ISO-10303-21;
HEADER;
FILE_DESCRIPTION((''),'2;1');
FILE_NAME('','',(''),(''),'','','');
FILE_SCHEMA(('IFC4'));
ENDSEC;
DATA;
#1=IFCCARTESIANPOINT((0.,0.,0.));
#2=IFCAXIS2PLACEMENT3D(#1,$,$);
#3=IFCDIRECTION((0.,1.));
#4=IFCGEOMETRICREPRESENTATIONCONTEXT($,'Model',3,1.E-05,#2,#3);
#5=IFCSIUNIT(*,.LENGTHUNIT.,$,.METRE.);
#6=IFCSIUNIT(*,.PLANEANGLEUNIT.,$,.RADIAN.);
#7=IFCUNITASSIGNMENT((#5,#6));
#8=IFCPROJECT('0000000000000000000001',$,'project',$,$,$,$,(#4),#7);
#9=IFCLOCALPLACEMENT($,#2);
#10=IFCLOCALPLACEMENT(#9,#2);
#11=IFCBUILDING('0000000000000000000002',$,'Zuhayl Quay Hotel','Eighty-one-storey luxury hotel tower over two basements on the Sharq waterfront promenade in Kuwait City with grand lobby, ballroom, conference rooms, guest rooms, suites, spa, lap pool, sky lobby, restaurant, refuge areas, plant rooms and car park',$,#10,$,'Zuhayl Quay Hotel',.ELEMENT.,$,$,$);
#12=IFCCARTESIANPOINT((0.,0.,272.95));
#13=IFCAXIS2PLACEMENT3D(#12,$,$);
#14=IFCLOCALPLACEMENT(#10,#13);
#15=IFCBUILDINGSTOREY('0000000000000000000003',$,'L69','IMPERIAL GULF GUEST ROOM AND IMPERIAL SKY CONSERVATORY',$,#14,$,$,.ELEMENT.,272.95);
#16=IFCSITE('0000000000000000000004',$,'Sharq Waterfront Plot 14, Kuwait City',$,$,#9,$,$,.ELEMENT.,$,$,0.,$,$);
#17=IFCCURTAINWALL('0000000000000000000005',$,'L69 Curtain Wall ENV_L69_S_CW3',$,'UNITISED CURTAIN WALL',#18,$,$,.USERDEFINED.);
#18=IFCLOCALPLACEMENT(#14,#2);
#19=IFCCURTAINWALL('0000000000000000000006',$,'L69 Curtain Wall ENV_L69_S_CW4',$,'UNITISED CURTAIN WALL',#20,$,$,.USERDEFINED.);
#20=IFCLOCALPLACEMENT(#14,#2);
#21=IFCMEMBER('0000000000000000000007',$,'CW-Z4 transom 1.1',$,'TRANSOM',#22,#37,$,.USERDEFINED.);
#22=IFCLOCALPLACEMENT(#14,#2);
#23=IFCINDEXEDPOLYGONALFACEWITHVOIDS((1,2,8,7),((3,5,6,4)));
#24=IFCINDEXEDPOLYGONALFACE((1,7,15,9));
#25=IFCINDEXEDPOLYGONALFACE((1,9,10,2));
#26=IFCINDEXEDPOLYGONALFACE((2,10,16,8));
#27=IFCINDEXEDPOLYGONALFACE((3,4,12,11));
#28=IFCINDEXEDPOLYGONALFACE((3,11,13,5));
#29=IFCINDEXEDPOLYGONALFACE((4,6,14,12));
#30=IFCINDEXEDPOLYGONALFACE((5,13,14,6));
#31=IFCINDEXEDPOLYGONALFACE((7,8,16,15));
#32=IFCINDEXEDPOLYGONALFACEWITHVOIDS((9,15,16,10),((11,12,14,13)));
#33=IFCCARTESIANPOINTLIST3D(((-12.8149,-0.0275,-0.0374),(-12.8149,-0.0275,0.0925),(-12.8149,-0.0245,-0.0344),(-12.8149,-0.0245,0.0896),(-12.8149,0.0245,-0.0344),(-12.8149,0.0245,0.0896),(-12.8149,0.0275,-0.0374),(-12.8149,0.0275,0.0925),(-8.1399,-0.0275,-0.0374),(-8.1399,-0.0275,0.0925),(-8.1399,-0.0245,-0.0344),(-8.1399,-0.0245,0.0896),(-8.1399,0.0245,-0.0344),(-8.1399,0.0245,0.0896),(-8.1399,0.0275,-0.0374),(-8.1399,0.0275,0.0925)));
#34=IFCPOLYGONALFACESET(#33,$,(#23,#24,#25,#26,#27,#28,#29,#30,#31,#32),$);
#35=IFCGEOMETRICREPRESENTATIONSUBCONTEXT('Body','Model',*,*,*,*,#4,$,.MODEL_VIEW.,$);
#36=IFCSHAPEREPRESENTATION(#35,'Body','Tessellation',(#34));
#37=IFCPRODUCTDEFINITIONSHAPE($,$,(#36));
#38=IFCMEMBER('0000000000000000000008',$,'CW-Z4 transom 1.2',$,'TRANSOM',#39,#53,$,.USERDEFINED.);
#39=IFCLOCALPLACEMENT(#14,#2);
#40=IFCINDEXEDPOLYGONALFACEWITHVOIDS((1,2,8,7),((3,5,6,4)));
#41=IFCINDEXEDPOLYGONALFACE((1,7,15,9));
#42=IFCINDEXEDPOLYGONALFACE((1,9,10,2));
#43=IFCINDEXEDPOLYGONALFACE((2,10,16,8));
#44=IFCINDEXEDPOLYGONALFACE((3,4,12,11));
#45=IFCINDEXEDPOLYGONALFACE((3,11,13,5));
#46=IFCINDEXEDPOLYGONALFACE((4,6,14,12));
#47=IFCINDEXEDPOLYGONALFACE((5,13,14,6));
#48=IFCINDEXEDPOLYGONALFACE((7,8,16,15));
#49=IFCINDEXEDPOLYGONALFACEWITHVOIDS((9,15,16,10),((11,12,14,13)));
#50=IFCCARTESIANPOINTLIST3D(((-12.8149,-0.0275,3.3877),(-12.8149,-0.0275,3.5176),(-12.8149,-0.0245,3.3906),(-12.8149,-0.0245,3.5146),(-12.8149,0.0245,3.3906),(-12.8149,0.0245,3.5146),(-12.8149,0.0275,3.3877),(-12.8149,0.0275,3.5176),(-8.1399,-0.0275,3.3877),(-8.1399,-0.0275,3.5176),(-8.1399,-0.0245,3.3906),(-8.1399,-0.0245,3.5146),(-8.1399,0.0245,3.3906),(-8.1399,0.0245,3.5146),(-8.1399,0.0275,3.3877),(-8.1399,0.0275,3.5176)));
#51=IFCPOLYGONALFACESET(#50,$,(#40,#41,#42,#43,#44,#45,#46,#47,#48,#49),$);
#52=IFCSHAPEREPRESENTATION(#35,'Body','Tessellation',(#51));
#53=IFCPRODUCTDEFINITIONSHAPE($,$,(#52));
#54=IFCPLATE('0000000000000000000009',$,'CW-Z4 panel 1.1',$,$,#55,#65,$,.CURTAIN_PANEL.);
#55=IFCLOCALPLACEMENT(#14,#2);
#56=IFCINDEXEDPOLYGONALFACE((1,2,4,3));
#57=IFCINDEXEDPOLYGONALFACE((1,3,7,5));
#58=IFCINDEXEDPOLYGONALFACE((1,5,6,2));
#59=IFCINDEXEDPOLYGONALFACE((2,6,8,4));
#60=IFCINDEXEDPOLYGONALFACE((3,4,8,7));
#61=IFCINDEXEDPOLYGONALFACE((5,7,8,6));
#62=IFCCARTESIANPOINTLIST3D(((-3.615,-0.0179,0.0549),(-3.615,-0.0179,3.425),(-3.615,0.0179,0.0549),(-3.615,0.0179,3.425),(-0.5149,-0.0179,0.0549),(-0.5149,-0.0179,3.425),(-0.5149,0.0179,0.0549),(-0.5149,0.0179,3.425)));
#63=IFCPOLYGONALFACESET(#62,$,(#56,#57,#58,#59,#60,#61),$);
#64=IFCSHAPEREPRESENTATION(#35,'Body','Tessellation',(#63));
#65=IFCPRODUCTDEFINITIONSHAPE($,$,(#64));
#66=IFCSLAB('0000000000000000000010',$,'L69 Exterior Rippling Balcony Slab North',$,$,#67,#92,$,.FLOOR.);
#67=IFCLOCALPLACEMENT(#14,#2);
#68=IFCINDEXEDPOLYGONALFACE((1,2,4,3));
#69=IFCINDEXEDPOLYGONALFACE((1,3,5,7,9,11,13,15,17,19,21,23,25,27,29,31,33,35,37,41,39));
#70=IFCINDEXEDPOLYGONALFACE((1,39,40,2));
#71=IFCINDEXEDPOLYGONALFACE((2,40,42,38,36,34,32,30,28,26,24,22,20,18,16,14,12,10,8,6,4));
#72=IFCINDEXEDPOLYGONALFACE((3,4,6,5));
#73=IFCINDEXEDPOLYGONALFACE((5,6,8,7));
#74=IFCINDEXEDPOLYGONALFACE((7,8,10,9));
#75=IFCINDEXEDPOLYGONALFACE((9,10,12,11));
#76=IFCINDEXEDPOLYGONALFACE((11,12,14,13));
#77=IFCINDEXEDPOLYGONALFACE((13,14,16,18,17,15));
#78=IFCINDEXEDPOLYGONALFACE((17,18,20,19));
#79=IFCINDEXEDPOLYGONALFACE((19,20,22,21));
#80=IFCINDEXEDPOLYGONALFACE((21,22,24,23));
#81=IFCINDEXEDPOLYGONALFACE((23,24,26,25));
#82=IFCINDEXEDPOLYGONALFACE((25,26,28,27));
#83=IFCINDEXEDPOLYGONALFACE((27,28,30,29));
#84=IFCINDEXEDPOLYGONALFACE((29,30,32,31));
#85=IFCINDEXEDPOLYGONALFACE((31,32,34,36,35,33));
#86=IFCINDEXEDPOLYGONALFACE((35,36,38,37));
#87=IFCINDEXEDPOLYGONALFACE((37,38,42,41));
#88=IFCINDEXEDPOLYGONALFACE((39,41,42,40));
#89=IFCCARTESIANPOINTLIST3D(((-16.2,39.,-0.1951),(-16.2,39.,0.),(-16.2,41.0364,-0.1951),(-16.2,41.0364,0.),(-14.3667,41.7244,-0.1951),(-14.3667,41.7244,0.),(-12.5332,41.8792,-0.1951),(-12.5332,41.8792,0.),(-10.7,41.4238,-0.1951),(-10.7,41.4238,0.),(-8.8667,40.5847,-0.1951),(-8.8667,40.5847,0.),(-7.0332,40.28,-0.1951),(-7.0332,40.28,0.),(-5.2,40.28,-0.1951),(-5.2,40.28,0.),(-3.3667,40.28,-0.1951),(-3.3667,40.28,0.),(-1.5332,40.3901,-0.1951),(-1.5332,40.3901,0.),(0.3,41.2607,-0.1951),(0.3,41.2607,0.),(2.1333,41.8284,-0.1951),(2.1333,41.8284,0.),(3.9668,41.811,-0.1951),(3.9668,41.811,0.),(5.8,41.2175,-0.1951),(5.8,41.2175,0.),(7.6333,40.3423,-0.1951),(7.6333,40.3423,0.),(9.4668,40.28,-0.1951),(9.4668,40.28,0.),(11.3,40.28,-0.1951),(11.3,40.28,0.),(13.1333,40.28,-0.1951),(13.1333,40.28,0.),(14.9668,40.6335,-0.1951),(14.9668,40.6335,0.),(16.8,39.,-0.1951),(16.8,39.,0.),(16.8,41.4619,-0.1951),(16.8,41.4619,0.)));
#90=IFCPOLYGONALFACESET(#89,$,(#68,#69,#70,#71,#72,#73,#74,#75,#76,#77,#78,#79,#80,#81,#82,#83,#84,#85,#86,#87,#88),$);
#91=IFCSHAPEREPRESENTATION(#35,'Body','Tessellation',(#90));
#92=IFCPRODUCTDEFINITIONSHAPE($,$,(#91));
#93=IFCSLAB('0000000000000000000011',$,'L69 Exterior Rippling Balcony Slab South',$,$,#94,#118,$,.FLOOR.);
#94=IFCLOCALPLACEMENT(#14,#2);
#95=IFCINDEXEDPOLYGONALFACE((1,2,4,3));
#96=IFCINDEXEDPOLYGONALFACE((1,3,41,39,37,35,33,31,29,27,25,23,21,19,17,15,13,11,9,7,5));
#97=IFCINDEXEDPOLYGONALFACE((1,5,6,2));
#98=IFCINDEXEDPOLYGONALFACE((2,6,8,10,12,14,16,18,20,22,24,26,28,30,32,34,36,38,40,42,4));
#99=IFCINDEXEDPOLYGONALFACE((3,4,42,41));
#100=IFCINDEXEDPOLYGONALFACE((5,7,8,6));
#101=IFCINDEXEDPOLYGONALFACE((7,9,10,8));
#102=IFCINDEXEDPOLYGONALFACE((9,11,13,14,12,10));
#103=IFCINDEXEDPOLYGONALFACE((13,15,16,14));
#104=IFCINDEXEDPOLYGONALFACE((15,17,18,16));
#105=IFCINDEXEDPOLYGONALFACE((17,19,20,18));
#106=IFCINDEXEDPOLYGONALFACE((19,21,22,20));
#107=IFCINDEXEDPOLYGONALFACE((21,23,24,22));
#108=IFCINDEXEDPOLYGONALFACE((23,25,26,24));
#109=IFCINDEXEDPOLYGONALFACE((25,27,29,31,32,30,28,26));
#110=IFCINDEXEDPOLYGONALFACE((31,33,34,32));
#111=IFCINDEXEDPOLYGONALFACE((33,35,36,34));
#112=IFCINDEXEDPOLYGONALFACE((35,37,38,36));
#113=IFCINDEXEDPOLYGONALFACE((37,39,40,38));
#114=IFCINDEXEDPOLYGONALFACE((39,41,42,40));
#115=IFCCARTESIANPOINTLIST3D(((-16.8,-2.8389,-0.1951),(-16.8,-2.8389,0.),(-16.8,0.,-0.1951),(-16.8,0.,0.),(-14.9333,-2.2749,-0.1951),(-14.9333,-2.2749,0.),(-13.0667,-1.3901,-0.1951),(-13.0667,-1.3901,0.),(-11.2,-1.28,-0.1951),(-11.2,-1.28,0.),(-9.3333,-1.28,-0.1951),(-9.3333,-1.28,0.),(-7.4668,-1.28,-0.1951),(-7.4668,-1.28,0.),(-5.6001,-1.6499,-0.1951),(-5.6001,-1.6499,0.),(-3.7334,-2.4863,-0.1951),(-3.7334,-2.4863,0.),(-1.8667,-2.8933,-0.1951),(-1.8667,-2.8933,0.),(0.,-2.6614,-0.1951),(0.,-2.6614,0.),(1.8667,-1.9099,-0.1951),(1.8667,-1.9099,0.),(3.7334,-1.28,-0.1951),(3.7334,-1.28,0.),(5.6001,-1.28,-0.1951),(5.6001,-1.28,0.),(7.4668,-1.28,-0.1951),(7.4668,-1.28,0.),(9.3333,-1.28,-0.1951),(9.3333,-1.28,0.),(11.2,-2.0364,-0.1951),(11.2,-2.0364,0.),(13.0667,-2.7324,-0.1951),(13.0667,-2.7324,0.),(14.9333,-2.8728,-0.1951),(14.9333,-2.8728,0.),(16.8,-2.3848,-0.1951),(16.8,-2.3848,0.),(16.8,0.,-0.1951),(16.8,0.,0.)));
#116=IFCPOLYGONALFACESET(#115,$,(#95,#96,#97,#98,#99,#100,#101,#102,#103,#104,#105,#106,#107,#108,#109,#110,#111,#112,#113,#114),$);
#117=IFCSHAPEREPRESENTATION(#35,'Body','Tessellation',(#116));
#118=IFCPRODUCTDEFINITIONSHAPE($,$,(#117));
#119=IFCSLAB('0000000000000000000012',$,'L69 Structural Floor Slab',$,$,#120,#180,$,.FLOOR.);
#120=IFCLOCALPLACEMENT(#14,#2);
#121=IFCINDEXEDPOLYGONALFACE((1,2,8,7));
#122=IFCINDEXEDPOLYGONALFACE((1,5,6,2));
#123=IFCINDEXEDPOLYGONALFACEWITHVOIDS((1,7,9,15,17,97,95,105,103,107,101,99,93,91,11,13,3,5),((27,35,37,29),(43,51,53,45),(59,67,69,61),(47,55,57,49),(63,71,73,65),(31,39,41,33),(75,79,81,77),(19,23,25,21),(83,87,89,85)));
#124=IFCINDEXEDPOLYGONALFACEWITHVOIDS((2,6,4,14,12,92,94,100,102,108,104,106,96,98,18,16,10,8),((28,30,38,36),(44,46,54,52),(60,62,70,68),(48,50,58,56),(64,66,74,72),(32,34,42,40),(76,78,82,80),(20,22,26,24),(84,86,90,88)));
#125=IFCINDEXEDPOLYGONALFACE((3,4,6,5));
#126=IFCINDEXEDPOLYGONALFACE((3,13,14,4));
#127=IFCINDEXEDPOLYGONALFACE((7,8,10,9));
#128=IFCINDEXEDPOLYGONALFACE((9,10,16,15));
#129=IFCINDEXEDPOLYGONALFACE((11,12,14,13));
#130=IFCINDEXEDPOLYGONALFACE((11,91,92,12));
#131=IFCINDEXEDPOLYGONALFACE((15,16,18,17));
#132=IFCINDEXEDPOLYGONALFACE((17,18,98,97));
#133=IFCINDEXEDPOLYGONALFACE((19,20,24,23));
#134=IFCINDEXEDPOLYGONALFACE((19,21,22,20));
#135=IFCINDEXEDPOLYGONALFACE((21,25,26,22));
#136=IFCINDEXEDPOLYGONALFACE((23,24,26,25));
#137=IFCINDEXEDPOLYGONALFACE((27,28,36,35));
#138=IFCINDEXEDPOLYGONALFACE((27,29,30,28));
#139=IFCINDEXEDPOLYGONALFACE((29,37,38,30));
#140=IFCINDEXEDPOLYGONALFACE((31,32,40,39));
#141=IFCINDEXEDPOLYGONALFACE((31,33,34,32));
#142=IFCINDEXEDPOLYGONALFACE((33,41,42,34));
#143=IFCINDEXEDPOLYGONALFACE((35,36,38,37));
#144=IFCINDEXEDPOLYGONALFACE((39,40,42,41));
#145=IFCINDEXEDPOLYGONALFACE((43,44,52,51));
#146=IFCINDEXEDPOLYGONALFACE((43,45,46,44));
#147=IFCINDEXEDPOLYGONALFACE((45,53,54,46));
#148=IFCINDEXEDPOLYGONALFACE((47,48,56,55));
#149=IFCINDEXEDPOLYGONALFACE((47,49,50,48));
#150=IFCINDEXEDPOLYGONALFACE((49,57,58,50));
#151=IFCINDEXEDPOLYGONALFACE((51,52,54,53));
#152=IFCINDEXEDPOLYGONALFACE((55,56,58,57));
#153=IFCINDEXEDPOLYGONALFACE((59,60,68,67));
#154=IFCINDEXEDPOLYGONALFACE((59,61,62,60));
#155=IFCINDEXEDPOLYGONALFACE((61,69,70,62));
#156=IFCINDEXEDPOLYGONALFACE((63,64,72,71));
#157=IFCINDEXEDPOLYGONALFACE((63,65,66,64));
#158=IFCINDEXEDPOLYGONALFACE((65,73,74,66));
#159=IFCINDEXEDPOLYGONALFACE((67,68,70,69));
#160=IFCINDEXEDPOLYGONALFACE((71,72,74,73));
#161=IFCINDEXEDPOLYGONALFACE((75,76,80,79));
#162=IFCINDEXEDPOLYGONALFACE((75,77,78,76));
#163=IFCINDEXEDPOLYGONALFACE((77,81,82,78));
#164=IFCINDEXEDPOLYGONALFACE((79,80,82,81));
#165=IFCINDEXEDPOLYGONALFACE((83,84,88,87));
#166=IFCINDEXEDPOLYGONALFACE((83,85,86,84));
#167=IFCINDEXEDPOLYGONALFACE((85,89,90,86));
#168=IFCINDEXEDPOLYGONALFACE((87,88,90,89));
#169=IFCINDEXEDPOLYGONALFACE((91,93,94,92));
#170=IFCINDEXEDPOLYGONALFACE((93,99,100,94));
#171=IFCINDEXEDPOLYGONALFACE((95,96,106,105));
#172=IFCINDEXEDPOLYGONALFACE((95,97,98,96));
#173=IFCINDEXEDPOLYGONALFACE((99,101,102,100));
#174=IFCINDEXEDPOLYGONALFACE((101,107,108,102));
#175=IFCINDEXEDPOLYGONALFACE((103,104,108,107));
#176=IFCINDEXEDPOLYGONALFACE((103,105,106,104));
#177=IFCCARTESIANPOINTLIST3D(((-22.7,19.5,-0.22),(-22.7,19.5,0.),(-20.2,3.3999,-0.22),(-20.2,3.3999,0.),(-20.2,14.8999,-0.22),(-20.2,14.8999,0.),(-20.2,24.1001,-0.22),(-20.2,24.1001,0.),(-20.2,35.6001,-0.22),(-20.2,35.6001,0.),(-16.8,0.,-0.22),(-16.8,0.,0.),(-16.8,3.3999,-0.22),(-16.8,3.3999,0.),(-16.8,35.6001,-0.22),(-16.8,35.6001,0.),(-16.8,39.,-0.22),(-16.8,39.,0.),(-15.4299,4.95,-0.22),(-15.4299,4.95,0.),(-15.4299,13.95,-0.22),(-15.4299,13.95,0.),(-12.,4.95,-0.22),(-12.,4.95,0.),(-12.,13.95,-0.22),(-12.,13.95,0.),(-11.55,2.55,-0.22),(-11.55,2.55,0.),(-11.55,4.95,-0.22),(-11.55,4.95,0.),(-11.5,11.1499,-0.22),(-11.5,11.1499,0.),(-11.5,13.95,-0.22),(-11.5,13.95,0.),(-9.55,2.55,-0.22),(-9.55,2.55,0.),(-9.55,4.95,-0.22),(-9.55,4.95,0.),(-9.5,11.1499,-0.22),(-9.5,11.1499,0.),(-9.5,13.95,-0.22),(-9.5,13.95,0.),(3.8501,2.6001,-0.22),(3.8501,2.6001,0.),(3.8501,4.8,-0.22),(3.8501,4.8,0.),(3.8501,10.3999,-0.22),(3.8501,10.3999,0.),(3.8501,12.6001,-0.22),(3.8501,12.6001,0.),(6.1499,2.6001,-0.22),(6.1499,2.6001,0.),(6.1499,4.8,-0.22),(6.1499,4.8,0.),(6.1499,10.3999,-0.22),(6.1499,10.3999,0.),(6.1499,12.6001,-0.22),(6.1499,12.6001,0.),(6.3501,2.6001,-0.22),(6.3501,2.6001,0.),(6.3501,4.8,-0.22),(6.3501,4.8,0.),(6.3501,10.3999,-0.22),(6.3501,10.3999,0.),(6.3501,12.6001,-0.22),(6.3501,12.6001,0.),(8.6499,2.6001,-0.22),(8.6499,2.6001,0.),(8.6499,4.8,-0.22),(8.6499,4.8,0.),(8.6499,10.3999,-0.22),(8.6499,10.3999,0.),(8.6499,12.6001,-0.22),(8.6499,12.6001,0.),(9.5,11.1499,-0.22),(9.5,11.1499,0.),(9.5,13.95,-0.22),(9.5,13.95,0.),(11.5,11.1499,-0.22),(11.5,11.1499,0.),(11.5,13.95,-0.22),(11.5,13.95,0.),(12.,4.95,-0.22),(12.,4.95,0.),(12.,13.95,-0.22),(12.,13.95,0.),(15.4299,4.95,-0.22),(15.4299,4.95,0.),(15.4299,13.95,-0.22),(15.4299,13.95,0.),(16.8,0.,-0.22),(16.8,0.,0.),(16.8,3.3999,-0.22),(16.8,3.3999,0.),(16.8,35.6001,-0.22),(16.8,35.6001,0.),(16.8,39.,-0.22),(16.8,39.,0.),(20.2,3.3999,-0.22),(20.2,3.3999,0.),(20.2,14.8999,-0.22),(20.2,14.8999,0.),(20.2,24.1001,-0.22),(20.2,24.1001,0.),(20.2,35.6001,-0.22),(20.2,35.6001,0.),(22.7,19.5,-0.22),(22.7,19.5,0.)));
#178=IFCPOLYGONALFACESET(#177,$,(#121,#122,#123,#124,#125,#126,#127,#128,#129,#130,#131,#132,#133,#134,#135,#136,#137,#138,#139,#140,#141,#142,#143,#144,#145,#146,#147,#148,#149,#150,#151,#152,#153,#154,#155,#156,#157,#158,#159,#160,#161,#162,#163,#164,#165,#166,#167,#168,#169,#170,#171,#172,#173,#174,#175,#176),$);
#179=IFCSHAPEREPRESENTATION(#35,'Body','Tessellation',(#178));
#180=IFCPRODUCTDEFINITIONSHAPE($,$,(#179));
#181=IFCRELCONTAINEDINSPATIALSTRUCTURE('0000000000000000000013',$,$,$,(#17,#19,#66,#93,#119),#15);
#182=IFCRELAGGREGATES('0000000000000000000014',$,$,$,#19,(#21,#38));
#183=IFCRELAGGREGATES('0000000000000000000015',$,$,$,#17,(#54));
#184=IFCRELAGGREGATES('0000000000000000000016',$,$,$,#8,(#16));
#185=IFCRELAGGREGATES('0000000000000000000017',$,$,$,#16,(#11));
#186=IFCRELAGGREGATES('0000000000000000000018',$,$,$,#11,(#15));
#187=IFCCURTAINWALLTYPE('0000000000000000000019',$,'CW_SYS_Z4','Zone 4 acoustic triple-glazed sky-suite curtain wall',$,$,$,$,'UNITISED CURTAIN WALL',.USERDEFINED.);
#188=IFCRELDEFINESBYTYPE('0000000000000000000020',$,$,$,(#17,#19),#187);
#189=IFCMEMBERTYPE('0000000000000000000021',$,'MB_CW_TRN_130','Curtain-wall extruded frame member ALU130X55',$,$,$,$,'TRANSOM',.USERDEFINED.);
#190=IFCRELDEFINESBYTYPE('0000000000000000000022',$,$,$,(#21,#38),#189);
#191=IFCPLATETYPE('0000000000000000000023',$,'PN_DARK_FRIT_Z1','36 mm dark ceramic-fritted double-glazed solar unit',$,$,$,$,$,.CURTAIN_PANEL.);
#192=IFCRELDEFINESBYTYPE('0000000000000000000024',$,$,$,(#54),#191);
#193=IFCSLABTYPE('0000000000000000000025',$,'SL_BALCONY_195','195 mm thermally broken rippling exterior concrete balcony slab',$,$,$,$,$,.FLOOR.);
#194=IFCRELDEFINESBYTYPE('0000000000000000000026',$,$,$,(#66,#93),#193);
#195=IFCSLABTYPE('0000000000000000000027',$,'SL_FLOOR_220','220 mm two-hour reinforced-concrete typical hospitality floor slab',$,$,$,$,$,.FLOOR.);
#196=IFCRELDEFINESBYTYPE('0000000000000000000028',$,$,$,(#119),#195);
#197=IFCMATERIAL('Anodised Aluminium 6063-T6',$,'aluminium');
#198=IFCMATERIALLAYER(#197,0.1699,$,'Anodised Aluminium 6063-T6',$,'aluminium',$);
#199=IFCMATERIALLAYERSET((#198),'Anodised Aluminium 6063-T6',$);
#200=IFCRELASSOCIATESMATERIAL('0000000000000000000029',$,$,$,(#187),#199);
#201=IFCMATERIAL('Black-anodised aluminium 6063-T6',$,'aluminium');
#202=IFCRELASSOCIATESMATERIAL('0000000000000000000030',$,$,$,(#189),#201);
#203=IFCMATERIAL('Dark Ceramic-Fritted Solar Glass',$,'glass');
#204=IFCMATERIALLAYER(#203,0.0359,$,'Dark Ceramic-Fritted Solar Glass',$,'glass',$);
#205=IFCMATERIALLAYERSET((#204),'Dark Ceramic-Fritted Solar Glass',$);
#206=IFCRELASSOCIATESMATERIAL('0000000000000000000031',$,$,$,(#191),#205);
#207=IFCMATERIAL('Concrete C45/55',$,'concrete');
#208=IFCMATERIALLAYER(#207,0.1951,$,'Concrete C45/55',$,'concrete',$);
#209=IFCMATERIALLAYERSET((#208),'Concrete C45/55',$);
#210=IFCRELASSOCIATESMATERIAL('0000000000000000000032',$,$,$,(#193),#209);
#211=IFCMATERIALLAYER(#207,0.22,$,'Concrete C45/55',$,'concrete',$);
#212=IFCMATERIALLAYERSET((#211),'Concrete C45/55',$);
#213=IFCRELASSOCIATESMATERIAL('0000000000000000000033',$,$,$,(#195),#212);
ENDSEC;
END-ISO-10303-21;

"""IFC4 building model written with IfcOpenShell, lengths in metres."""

from ifc_helpers import new_model, si_unit, direction, frame, origin, origin_2d, place, context, subcontext, project, spatial, polyline, rectangle, hollow_rectangle, outline, extrude, material, layer, layer_set, material_profile, profile_set, type_object, element, aggregate, save


model = new_model("IFC4")

# Units and contexts
model_context = context("Model", 3, precision=1e-05, world=origin(), true_north=direction((0.0, 1.0)))
body_context = subcontext(model_context, "Body", "Model", "MODEL_VIEW")
ifc_project = project(units=[si_unit("LENGTHUNIT", "METRE"), si_unit("PLANEANGLEUNIT", "RADIAN")], contexts=[model_context])

# Site, building, storey
site_placement = place(None, origin())
site = spatial("IfcSite", under=ifc_project, at=site_placement, Name="Sharq Waterfront Plot 14, Kuwait City", CompositionType="ELEMENT", RefElevation=0.0)
building_placement = place(site_placement, origin())
building = spatial("IfcBuilding", under=site, at=building_placement, Name="Zuhayl Quay Hotel", Description="Eighty-one-storey luxury hotel tower over two basements on the Sharq waterfront promenade in Kuwait City with grand lobby, ballroom, conference rooms, guest rooms, suites, spa, lap pool, sky lobby, restaurant, refuge areas, plant rooms and car park", LongName="Zuhayl Quay Hotel", CompositionType="ELEMENT")
storey_placement = place(building_placement, frame((0.0, 0.0, 272.95)))
storey = spatial("IfcBuildingStorey", under=building, at=storey_placement, Name="L69", Description="IMPERIAL GULF GUEST ROOM AND IMPERIAL SKY CONSERVATORY", CompositionType="ELEMENT", Elevation=272.95)

# Curtain wall
ifc_material_1 = material(Name="Anodised Aluminium 6063-T6", Category="aluminium")
ifc_layer_1 = layer(ifc_material_1, 0.1699, Name="Anodised Aluminium 6063-T6", Category="aluminium")
ifc_layer_set_1 = layer_set([ifc_layer_1], Name="Anodised Aluminium 6063-T6")
curtain_wall_type = type_object("IfcCurtainWallType", Name="CW_SYS_Z4", Description="Zone 4 acoustic triple-glazed sky-suite curtain wall", ElementType="UNITISED CURTAIN WALL", PredefinedType="USERDEFINED", material=ifc_layer_set_1)
curtain_wall_1_placement = place(storey_placement, origin())
curtain_wall_1 = element("IfcCurtainWall", 1, at=curtain_wall_1_placement, inside=storey, type_object=curtain_wall_type, Name="L69 Curtain Wall ENV_L69_S_CW3", ObjectType="UNITISED CURTAIN WALL", PredefinedType="USERDEFINED")
ifc_material_2 = material(Name="Black-anodised aluminium 6063-T6", Category="aluminium")

# Curtain wall
curtain_wall_2_placement = place(storey_placement, origin())
curtain_wall_2 = element("IfcCurtainWall", 2, at=curtain_wall_2_placement, inside=storey, type_object=curtain_wall_type, Name="L69 Curtain Wall ENV_L69_S_CW4", ObjectType="UNITISED CURTAIN WALL", PredefinedType="USERDEFINED")

# Members
ifc_material_profile_1 = material_profile(ifc_material_2, hollow_rectangle(XDim=0.0549, YDim=0.1299, WallThickness=0.0029, at=origin_2d()), Name="ALU130X55")
ifc_profile_set_1 = profile_set([ifc_material_profile_1], Name="Black-anodised aluminium 6063-T6")
member_type_1 = type_object("IfcMemberType", Name="MB_CW_TRN_130", Description="Curtain-wall extruded frame member ALU130X55", ElementType="TRANSOM", PredefinedType="USERDEFINED", material=ifc_profile_set_1)
member_1_placement = place(storey_placement, frame((-8.1399, 0.0, 0.0276), z_axis=(-1.0, 0.0, 0.0), x_axis=(0.0, -1.0, 0.0)))
member_1 = element("IfcMember", 3, at=member_1_placement, type_object=member_type_1, Name="CW-Z4 transom 1.1", ObjectType="TRANSOM", PredefinedType="USERDEFINED", context=body_context, shape_type="SweptSolid", body=[
    extrude(hollow_rectangle(XDim=0.0549, YDim=0.1299, WallThickness=0.0029, at=origin_2d()), origin(), (0.0, 0.0, 1.0), 4.675),
])
member_2_placement = place(storey_placement, frame((-8.1399, 0.0, 3.4526), z_axis=(-1.0, 0.0, 0.0), x_axis=(0.0, -1.0, 0.0)))
member_2 = element("IfcMember", 4, at=member_2_placement, type_object=member_type_1, Name="CW-Z4 transom 1.2", ObjectType="TRANSOM", PredefinedType="USERDEFINED", context=body_context, shape_type="SweptSolid", body=[
    extrude(hollow_rectangle(XDim=0.0549, YDim=0.1299, WallThickness=0.0029, at=origin_2d()), origin(), (0.0, 0.0, 1.0), 4.675),
])
aggregate(curtain_wall_2, [member_1, member_2])

# Plate
ifc_material_3 = material(Name="Dark Ceramic-Fritted Solar Glass", Category="glass")
ifc_layer_2 = layer(ifc_material_3, 0.0359, Name="Dark Ceramic-Fritted Solar Glass", Category="glass")
ifc_layer_set_2 = layer_set([ifc_layer_2], Name="Dark Ceramic-Fritted Solar Glass")
plate_type = type_object("IfcPlateType", Name="PN_DARK_FRIT_Z1", Description="36 mm dark ceramic-fritted double-glazed solar unit", PredefinedType="CURTAIN_PANEL", material=ifc_layer_set_2)
plate_placement = place(storey_placement, frame((-2.0649, 0.0, 0.0549), z_axis=(0.0, 0.0, 1.0), x_axis=(-1.0, 0.0, 0.0)))
plate = element("IfcPlate", 5, at=plate_placement, type_object=plate_type, Name="CW-Z4 panel 1.1", PredefinedType="CURTAIN_PANEL", context=body_context, shape_type="SweptSolid", body=[
    extrude(rectangle(XDim=3.1001, YDim=0.0359, at=origin_2d()), origin(), (0.0, 0.0, 1.0), 3.3701),
])
aggregate(curtain_wall_1, [plate])

# Slabs
ifc_material_4 = material(Name="Concrete C45/55", Category="concrete")
ifc_layer_3 = layer(ifc_material_4, 0.1951, Name="Concrete C45/55", Category="concrete")
ifc_layer_set_3 = layer_set([ifc_layer_3], Name="Concrete C45/55")
slab_type_1 = type_object("IfcSlabType", Name="SL_BALCONY_195", Description="195 mm thermally broken rippling exterior concrete balcony slab", PredefinedType="FLOOR", material=ifc_layer_set_3)
slab_1_placement = place(storey_placement, frame((0.0, 0.0, -0.1951)))
element("IfcSlab", 6, at=slab_1_placement, inside=storey, type_object=slab_type_1, Name="L69 Exterior Rippling Balcony Slab North", PredefinedType="FLOOR", context=body_context, shape_type="SweptSolid", body=[
    extrude(outline(polyline([(-16.2, 39.0), (16.8, 39.0), (16.8, 41.4619), (14.9668, 40.6335), (13.1333, 40.28), (11.3, 40.28), (9.4668, 40.28), (7.6333, 40.3423), (5.8, 41.2175), (3.9668, 41.811), (2.1333, 41.8284), (0.3, 41.2607), (-1.5332, 40.3901), (-3.3667, 40.28), (-5.2, 40.28), (-7.0332, 40.28), (-8.8667, 40.5847), (-10.7, 41.4238), (-12.5332, 41.8792), (-14.3667, 41.7244), (-16.2, 41.0364), (-16.2, 39.0)])), origin(), (0.0, 0.0, 1.0), 0.1951),
])
slab_2_placement = place(storey_placement, frame((0.0, 0.0, -0.1951)))
element("IfcSlab", 7, at=slab_2_placement, inside=storey, type_object=slab_type_1, Name="L69 Exterior Rippling Balcony Slab South", PredefinedType="FLOOR", context=body_context, shape_type="SweptSolid", body=[
    extrude(outline(polyline([(-16.8, -2.8389), (-14.9333, -2.2749), (-13.0667, -1.3901), (-11.2, -1.28), (-9.3333, -1.28), (-7.4668, -1.28), (-5.6001, -1.6499), (-3.7334, -2.4863), (-1.8667, -2.8933), (0.0, -2.6614), (1.8667, -1.9099), (3.7334, -1.28), (5.6001, -1.28), (7.4668, -1.28), (9.3333, -1.28), (11.2, -2.0364), (13.0667, -2.7324), (14.9333, -2.8728), (16.8, -2.3848), (16.8, 0.0), (-16.8, 0.0), (-16.8, -2.8389)])), origin(), (0.0, 0.0, 1.0), 0.1951),
])
ifc_layer_4 = layer(ifc_material_4, 0.22, Name="Concrete C45/55", Category="concrete")
ifc_layer_set_4 = layer_set([ifc_layer_4], Name="Concrete C45/55")
slab_type_2 = type_object("IfcSlabType", Name="SL_FLOOR_220", Description="220 mm two-hour reinforced-concrete typical hospitality floor slab", PredefinedType="FLOOR", material=ifc_layer_set_4)
slab_3_placement = place(storey_placement, frame((0.0, 0.0, -0.22)))
element("IfcSlab", 8, at=slab_3_placement, inside=storey, type_object=slab_type_2, Name="L69 Structural Floor Slab", PredefinedType="FLOOR", context=body_context, shape_type="SweptSolid", body=[
    extrude(outline(polyline([(-16.8, 0.0), (16.8, 0.0), (16.8, 3.3999), (20.2, 3.3999), (20.2, 14.8999), (22.7, 19.5), (20.2, 24.1001), (20.2, 35.6001), (16.8, 35.6001), (16.8, 39.0), (-16.8, 39.0), (-16.8, 35.6001), (-20.2, 35.6001), (-20.2, 24.1001), (-22.7, 19.5), (-20.2, 14.8999), (-20.2, 3.3999), (-16.8, 3.3999), (-16.8, 0.0)]), holes=[polyline([(-12.0, 4.95), (-12.0, 13.95), (-15.4299, 13.95), (-15.4299, 4.95), (-12.0, 4.95)]), polyline([(15.4299, 4.95), (15.4299, 13.95), (12.0, 13.95), (12.0, 4.95), (15.4299, 4.95)]), polyline([(-11.5, 11.1499), (-9.5, 11.1499), (-9.5, 13.95), (-11.5, 13.95), (-11.5, 11.1499)]), polyline([(9.5, 11.1499), (11.5, 11.1499), (11.5, 13.95), (9.5, 13.95), (9.5, 11.1499)]), polyline([(3.8501, 2.6001), (6.1499, 2.6001), (6.1499, 4.8), (3.8501, 4.8), (3.8501, 2.6001)]), polyline([(6.3501, 2.6001), (8.6499, 2.6001), (8.6499, 4.8), (6.3501, 4.8), (6.3501, 2.6001)]), polyline([(3.8501, 10.3999), (6.1499, 10.3999), (6.1499, 12.6001), (3.8501, 12.6001), (3.8501, 10.3999)]), polyline([(6.3501, 10.3999), (8.6499, 10.3999), (8.6499, 12.6001), (6.3501, 12.6001), (6.3501, 10.3999)]), polyline([(-11.55, 2.55), (-9.55, 2.55), (-9.55, 4.95), (-11.55, 4.95), (-11.55, 2.55)])]), origin(), (0.0, 0.0, 1.0), 0.22),
])

save(model, "model.ifc")
